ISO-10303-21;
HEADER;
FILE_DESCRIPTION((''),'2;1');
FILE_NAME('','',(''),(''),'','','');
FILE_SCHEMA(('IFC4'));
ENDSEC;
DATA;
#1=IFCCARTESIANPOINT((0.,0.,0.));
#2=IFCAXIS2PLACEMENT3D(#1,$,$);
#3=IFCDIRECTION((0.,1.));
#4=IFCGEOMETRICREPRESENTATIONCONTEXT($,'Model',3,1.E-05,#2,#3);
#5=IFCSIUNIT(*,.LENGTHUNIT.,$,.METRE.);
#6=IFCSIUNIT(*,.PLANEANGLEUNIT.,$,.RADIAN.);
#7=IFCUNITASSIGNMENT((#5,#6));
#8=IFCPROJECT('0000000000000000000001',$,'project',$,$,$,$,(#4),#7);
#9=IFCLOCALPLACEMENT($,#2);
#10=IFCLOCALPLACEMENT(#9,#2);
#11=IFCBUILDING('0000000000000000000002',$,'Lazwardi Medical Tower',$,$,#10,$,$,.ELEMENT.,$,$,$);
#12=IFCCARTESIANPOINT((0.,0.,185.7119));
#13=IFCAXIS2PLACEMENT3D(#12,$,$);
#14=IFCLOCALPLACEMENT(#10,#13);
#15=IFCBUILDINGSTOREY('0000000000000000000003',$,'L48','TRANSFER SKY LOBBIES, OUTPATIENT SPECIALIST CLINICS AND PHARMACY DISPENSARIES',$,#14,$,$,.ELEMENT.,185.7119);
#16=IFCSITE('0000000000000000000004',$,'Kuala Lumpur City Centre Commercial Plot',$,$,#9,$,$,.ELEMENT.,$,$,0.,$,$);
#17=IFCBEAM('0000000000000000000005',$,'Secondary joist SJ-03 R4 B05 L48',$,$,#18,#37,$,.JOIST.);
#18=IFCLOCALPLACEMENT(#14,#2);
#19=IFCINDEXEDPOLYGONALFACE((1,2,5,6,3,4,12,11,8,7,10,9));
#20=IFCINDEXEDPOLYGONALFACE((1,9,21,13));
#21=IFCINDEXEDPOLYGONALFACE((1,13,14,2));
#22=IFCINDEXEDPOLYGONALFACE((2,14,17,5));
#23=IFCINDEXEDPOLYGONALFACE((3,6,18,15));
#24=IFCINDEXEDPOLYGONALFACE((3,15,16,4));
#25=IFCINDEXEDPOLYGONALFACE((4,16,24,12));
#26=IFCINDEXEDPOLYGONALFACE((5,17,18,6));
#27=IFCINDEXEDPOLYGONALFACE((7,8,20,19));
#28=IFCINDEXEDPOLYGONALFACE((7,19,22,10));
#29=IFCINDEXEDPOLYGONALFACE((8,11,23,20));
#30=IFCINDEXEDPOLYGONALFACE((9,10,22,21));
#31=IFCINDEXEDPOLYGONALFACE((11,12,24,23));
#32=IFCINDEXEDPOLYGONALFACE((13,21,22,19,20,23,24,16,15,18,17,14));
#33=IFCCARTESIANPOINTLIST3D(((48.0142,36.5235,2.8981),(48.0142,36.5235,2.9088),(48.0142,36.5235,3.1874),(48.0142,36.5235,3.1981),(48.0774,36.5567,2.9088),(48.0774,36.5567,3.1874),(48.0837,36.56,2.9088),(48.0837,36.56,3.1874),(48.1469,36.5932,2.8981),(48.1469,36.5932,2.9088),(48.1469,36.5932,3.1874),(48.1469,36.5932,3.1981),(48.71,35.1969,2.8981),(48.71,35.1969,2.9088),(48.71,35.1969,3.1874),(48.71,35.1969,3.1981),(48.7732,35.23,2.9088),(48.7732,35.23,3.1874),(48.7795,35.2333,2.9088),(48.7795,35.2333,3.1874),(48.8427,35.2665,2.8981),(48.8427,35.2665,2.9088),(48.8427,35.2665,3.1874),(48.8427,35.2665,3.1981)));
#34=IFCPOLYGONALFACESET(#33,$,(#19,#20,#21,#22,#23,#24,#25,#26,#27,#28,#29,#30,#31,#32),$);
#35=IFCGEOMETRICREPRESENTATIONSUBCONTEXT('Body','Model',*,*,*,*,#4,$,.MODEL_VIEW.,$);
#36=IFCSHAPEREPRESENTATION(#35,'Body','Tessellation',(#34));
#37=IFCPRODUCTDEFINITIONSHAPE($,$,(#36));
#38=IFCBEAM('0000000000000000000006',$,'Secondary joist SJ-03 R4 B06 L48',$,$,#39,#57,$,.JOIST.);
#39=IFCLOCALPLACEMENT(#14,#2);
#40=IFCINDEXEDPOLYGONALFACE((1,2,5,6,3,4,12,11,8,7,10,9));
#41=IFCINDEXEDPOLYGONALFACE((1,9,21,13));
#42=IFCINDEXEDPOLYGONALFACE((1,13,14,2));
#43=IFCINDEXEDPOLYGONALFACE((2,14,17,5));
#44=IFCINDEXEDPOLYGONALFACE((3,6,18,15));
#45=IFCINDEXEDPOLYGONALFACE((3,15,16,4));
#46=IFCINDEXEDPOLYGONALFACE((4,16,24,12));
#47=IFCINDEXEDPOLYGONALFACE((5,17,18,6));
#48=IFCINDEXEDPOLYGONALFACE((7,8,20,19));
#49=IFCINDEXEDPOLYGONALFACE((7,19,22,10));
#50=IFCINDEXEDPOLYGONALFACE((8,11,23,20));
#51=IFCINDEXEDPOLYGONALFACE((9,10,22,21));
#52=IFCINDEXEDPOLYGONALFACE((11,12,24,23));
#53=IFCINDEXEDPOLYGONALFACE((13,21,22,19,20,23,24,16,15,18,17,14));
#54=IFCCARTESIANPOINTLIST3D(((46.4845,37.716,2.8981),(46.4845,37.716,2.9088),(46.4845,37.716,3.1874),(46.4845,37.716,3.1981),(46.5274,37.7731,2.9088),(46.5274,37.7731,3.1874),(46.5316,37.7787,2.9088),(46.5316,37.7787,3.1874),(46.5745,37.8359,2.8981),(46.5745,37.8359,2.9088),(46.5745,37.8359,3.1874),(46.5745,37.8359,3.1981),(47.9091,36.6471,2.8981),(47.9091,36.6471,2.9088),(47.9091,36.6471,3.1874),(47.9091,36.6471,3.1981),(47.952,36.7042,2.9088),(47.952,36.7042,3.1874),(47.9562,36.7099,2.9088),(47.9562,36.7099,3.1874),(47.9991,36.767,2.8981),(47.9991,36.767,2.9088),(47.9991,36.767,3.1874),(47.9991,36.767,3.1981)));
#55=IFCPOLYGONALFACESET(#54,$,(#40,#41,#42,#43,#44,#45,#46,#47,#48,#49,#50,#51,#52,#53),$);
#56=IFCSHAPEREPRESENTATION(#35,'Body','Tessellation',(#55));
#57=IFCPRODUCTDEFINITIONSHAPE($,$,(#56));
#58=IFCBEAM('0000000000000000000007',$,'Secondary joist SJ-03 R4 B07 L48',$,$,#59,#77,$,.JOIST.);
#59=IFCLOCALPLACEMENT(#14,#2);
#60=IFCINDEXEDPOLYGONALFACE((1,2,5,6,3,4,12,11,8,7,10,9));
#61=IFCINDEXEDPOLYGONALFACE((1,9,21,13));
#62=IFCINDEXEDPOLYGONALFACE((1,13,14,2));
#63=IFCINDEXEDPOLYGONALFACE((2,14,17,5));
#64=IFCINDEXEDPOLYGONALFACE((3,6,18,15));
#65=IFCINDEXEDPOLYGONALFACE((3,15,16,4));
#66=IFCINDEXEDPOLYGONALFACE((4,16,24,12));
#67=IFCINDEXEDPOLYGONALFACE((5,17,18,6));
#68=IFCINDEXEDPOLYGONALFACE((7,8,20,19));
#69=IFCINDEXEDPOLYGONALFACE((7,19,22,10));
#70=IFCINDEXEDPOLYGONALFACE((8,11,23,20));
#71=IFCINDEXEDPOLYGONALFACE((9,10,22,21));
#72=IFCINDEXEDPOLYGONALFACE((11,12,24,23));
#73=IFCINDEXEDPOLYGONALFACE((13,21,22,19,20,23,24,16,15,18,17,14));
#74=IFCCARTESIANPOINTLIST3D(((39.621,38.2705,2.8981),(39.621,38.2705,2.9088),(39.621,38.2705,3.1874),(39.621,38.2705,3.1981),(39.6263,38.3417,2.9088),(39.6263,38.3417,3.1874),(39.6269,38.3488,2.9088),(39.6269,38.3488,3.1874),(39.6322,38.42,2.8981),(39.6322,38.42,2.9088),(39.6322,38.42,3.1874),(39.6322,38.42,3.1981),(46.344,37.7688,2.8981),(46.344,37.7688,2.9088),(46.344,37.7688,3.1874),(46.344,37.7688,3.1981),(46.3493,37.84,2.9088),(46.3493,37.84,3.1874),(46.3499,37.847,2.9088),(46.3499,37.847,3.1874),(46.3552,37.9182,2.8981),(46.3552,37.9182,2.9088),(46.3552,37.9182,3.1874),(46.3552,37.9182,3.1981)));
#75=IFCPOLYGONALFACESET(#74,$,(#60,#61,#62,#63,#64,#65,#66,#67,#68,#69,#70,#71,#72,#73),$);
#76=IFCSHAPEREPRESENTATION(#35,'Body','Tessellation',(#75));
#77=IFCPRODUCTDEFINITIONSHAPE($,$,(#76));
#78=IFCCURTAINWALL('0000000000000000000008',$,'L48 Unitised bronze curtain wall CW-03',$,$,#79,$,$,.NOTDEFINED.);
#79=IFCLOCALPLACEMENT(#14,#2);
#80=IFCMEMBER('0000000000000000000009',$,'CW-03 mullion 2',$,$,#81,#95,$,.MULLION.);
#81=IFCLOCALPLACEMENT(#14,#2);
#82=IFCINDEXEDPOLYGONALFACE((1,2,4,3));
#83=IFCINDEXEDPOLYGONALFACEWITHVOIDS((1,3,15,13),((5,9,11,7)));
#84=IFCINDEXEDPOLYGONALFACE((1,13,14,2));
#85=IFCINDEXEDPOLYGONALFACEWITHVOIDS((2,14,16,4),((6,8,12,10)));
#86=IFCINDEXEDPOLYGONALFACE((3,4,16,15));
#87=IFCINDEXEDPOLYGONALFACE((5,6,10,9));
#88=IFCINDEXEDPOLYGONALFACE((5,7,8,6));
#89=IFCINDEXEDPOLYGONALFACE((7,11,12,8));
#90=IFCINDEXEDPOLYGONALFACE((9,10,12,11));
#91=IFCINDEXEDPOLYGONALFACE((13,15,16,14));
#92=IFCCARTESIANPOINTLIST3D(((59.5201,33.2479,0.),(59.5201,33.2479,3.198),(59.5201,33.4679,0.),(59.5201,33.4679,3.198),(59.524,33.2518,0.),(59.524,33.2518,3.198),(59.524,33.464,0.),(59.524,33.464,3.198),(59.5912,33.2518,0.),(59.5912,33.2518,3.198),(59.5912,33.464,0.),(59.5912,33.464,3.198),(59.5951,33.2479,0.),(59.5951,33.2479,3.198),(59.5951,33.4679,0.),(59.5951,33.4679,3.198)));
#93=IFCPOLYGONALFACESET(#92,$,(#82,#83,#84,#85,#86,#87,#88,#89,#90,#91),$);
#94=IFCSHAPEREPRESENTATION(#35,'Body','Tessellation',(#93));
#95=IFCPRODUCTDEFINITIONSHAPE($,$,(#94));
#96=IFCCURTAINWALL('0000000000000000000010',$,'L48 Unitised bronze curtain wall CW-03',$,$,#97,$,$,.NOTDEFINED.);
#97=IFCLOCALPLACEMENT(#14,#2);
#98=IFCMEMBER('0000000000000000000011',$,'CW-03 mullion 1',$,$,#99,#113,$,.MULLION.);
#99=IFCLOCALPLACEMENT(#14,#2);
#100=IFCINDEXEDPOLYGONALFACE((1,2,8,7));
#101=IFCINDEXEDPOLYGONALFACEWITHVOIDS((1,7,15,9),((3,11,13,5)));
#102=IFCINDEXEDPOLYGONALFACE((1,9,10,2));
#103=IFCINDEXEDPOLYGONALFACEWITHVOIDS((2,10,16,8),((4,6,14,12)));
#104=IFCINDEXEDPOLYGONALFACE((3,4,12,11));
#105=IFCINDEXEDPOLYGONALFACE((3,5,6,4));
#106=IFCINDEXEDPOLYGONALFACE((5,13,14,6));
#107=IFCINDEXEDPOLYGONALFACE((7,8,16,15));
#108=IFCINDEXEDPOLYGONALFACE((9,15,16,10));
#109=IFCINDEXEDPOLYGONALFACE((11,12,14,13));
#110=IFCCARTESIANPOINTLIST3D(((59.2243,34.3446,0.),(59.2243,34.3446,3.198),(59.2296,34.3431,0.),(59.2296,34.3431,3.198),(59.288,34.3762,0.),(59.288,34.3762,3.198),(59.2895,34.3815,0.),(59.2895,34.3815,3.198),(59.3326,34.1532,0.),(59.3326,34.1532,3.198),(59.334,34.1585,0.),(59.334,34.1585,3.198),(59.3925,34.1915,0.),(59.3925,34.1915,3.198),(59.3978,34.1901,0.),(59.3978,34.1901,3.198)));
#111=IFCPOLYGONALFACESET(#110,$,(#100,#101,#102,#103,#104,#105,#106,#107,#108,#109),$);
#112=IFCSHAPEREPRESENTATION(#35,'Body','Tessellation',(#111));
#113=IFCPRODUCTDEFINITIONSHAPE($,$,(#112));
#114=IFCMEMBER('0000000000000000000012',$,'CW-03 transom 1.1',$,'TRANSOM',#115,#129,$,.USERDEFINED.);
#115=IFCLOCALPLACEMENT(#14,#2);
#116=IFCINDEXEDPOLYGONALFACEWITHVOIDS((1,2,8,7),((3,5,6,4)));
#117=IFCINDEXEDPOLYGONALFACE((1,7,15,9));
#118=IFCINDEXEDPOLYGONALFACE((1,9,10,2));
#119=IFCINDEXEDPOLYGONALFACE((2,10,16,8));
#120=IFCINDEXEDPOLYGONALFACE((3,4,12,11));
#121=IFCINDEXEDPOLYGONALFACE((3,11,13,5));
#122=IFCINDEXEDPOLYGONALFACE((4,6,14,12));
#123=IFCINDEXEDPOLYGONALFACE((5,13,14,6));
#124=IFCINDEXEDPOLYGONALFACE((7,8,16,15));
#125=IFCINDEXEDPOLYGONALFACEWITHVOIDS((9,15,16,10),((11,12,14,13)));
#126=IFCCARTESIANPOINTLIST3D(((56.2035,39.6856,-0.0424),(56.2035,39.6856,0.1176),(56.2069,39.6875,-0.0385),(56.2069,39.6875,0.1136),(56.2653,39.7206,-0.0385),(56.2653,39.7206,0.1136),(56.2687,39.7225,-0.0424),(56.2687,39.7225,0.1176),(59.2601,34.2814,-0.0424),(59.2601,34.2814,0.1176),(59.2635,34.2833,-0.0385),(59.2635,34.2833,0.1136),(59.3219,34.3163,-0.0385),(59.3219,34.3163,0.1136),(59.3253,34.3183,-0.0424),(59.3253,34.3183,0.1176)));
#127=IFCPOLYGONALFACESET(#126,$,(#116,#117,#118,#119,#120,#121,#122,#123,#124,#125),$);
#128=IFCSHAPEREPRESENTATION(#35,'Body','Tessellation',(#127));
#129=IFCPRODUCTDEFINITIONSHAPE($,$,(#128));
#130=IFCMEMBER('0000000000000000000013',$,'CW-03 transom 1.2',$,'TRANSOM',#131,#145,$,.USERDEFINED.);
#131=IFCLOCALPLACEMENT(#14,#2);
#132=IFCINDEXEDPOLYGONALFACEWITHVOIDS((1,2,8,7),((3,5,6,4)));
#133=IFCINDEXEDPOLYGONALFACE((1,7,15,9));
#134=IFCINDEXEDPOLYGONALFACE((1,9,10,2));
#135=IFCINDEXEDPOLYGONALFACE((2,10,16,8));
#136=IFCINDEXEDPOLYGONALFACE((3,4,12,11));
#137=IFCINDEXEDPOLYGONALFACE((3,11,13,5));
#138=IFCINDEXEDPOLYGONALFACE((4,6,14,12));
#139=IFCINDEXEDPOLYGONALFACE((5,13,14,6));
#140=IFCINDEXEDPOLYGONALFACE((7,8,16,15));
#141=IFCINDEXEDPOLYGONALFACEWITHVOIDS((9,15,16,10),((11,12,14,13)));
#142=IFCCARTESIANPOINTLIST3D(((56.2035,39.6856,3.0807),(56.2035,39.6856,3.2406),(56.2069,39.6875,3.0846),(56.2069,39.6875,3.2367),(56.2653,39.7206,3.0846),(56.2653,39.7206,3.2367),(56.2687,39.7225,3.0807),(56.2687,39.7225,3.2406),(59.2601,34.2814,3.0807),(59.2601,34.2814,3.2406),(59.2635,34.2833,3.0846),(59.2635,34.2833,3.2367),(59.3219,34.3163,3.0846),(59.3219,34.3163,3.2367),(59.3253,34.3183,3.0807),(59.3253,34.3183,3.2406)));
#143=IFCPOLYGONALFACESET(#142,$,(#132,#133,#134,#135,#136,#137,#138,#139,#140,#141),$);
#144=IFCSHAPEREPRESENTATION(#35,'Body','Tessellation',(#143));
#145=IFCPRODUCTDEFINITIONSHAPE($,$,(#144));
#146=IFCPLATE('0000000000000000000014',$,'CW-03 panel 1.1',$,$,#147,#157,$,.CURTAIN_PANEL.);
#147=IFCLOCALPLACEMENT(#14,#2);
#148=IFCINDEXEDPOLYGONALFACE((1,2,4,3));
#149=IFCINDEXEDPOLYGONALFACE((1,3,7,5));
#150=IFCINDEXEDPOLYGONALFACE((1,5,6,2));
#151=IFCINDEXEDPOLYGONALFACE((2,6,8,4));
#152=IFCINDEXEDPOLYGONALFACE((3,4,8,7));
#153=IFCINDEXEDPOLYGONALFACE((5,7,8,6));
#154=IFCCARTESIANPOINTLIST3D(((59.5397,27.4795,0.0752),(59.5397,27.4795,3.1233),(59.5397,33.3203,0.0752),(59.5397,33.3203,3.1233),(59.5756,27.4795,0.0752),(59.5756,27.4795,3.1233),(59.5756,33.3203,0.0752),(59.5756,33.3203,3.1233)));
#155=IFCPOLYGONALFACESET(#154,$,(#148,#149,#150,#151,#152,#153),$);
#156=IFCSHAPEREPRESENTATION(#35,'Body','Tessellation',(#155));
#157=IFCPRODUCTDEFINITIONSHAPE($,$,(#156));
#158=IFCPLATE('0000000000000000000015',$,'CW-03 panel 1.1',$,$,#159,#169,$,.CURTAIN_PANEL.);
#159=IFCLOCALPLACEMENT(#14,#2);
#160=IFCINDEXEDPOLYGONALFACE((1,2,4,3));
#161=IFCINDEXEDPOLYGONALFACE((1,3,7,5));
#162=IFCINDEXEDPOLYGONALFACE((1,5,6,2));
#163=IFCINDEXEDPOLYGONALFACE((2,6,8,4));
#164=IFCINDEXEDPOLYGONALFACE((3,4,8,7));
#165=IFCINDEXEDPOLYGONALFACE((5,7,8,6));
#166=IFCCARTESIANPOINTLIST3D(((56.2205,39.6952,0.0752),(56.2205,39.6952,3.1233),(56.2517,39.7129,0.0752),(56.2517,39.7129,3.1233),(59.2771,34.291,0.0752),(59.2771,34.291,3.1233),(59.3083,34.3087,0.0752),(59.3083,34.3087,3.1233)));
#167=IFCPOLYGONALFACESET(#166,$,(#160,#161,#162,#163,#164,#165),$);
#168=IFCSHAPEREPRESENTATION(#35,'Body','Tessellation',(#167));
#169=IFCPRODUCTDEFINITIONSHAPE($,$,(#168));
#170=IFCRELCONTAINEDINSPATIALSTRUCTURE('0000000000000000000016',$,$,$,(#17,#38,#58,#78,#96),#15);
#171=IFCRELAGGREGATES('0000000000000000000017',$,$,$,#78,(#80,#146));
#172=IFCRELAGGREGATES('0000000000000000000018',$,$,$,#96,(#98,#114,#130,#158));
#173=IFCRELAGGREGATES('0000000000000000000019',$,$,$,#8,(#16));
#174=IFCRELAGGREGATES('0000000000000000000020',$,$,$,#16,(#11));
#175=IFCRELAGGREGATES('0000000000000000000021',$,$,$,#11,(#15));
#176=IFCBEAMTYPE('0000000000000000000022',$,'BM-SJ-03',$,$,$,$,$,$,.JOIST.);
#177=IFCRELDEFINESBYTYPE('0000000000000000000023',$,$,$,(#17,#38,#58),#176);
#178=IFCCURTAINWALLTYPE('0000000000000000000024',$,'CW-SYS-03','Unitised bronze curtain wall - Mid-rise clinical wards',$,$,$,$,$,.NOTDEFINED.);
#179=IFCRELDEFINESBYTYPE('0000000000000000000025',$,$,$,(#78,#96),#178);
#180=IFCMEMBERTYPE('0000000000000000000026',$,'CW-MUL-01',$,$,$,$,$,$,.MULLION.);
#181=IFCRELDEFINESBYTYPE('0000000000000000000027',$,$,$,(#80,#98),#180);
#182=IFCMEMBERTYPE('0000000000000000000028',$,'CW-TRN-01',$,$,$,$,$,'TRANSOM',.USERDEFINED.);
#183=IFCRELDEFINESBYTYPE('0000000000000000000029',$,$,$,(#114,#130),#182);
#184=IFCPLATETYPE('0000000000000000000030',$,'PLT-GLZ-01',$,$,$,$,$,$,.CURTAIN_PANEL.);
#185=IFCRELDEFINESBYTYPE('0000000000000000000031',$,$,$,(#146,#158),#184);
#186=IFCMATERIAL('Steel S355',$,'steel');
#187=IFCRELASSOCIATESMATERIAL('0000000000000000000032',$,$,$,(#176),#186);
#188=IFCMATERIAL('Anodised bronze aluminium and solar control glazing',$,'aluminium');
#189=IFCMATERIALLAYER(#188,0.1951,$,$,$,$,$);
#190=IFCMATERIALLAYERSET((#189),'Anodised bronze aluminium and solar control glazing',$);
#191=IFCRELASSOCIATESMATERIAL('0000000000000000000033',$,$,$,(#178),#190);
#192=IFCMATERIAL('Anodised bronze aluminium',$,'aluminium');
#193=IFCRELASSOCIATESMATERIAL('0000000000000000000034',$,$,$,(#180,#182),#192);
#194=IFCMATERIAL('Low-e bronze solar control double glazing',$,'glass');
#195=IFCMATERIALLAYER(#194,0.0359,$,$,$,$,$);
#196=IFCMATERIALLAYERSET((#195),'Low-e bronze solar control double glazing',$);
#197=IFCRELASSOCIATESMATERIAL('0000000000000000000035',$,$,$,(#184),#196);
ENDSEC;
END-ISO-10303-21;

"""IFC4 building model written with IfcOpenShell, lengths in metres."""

from ifc_helpers import new_model, si_unit, direction, frame, origin, origin_2d, place, context, subcontext, project, spatial, rectangle, hollow_rectangle, i_section, extrude, material, layer, layer_set, material_profile, profile_set, type_object, element, aggregate, save


model = new_model("IFC4")

# Units and contexts
model_context = context("Model", 3, precision=1e-05, world=origin(), true_north=direction((0.0, 1.0)))
body_context = subcontext(model_context, "Body", "Model", "MODEL_VIEW")
ifc_project = project(units=[si_unit("LENGTHUNIT", "METRE"), si_unit("PLANEANGLEUNIT", "RADIAN")], contexts=[model_context])

# Site, building, storey
site_placement = place(None, origin())
site = spatial("IfcSite", under=ifc_project, at=site_placement, Name="Kuala Lumpur City Centre Commercial Plot", CompositionType="ELEMENT", RefElevation=0.0)
building_placement = place(site_placement, origin())
building = spatial("IfcBuilding", under=site, at=building_placement, Name="Lazwardi Medical Tower", CompositionType="ELEMENT")
storey_placement = place(building_placement, frame((0.0, 0.0, 185.7119)))
storey = spatial("IfcBuildingStorey", under=building, at=storey_placement, Name="L48", Description="TRANSFER SKY LOBBIES, OUTPATIENT SPECIALIST CLINICS AND PHARMACY DISPENSARIES", CompositionType="ELEMENT", Elevation=185.7119)

# Beams
ifc_material_1 = material(Name="Steel S355", Category="steel")
ifc_material_profile_1 = material_profile(ifc_material_1, i_section(OverallWidth=0.1499, OverallDepth=0.3, WebThickness=0.0071, FlangeThickness=0.0107, at=origin_2d()), Name="IPE 300")
ifc_profile_set_1 = profile_set([ifc_material_profile_1], Name="Steel S355")
beam_type_1 = type_object("IfcBeamType", Name="BM-SJ-03", PredefinedType="JOIST", material=ifc_profile_set_1)
beam_1_placement = place(storey_placement, frame((48.7764, 35.2317, 3.0481), z_axis=(-0.46447, 0.885589, 0.0), x_axis=(-0.885589, -0.46447, 0.0)))
element("IfcBeam", 1, at=beam_1_placement, inside=storey, type_object=beam_type_1, Name="Secondary joist SJ-03 R4 B05 L48", PredefinedType="JOIST", context=body_context, shape_type="SweptSolid", body=[
    extrude(i_section(OverallWidth=0.1499, OverallDepth=0.3, WebThickness=0.0071, FlangeThickness=0.0107, at=origin_2d()), origin(), (0.0, 0.0, 1.0), 1.498),
])
beam_2_placement = place(storey_placement, frame((47.9541, 36.707, 3.0481), z_axis=(-0.799885, 0.600154, 0.0), x_axis=(-0.600154, -0.799885, 0.0)))
element("IfcBeam", 2, at=beam_2_placement, inside=storey, type_object=beam_type_1, Name="Secondary joist SJ-03 R4 B06 L48", PredefinedType="JOIST", context=body_context, shape_type="SweptSolid", body=[
    extrude(i_section(OverallWidth=0.1499, OverallDepth=0.3, WebThickness=0.0071, FlangeThickness=0.0107, at=origin_2d()), origin(), (0.0, 0.0, 1.0), 1.781),
])
beam_3_placement = place(storey_placement, frame((46.3496, 37.8435, 3.0481), z_axis=(-0.997227, 0.07442, 0.0), x_axis=(-0.07442, -0.997227, 0.0)))
element("IfcBeam", 3, at=beam_3_placement, inside=storey, type_object=beam_type_1, Name="Secondary joist SJ-03 R4 B07 L48", PredefinedType="JOIST", context=body_context, shape_type="SweptSolid", body=[
    extrude(i_section(OverallWidth=0.1499, OverallDepth=0.3, WebThickness=0.0071, FlangeThickness=0.0107, at=origin_2d()), origin(), (0.0, 0.0, 1.0), 6.7417),
])

# Curtain wall, member
ifc_material_2 = material(Name="Anodised bronze aluminium and solar control glazing", Category="aluminium")
ifc_layer_1 = layer(ifc_material_2, 0.1951)
ifc_layer_set_1 = layer_set([ifc_layer_1], Name="Anodised bronze aluminium and solar control glazing")
curtain_wall_type = type_object("IfcCurtainWallType", Name="CW-SYS-03", Description="Unitised bronze curtain wall - Mid-rise clinical wards", PredefinedType="NOTDEFINED", material=ifc_layer_set_1)
curtain_wall_1_placement = place(storey_placement, origin())
curtain_wall_1 = element("IfcCurtainWall", 4, at=curtain_wall_1_placement, inside=storey, type_object=curtain_wall_type, Name="L48 Unitised bronze curtain wall CW-03", PredefinedType="NOTDEFINED")
ifc_material_3 = material(Name="Anodised bronze aluminium", Category="aluminium")
ifc_material_profile_2 = material_profile(ifc_material_3, hollow_rectangle(XDim=0.075, YDim=0.22, WallThickness=0.0039, at=origin_2d()), Name="ALU-MULLION 220x75x4")
ifc_profile_set_2 = profile_set([ifc_material_profile_2], Name="Anodised bronze aluminium")
member_type_1 = type_object("IfcMemberType", Name="CW-MUL-01", PredefinedType="MULLION", material=ifc_profile_set_2)
member_1_placement = place(storey_placement, frame((59.5576, 33.3579, 0.0), z_axis=(0.0, 0.0, 1.0), x_axis=(-1.0, 0.0, 0.0)))
member_1 = element("IfcMember", 5, at=member_1_placement, type_object=member_type_1, Name="CW-03 mullion 2", PredefinedType="MULLION", context=body_context, shape_type="SweptSolid", body=[
    extrude(hollow_rectangle(XDim=0.075, YDim=0.22, WallThickness=0.0039, at=origin_2d()), origin(), (0.0, 0.0, 1.0), 3.198),
])

# Curtain wall, members
curtain_wall_2_placement = place(storey_placement, origin())
curtain_wall_2 = element("IfcCurtainWall", 6, at=curtain_wall_2_placement, inside=storey, type_object=curtain_wall_type, Name="L48 Unitised bronze curtain wall CW-03", PredefinedType="NOTDEFINED")
member_2_placement = place(storey_placement, frame((59.311, 34.2673, 0.0), z_axis=(0.0, 0.0, 1.0), x_axis=(-0.870419, -0.492312, 0.0)))
member_2 = element("IfcMember", 7, at=member_2_placement, type_object=member_type_1, Name="CW-03 mullion 1", PredefinedType="MULLION", context=body_context, shape_type="SweptSolid", body=[
    extrude(hollow_rectangle(XDim=0.075, YDim=0.22, WallThickness=0.0039, at=origin_2d()), origin(), (0.0, 0.0, 1.0), 3.198),
])
ifc_material_profile_3 = material_profile(ifc_material_3, hollow_rectangle(XDim=0.075, YDim=0.1599, WallThickness=0.0039, at=origin_2d()), Name="ALU-TRANSOM 160x75x4")
ifc_profile_set_3 = profile_set([ifc_material_profile_3], Name="Anodised bronze aluminium")
member_type_2 = type_object("IfcMemberType", Name="CW-TRN-01", ElementType="TRANSOM", PredefinedType="USERDEFINED", material=ifc_profile_set_3)
member_3_placement = place(storey_placement, frame((59.2927, 34.2998, 0.0376), z_axis=(-0.492306, 0.870422, 0.0), x_axis=(-0.870422, -0.492306, 0.0)))
member_3 = element("IfcMember", 8, at=member_3_placement, type_object=member_type_2, Name="CW-03 transom 1.1", ObjectType="TRANSOM", PredefinedType="USERDEFINED", context=body_context, shape_type="SweptSolid", body=[
    extrude(hollow_rectangle(XDim=0.075, YDim=0.1599, WallThickness=0.0039, at=origin_2d()), origin(), (0.0, 0.0, 1.0), 6.2087),
])
member_4_placement = place(storey_placement, frame((59.2927, 34.2998, 3.1606), z_axis=(-0.492306, 0.870422, 0.0), x_axis=(-0.870422, -0.492306, 0.0)))
member_4 = element("IfcMember", 9, at=member_4_placement, type_object=member_type_2, Name="CW-03 transom 1.2", ObjectType="TRANSOM", PredefinedType="USERDEFINED", context=body_context, shape_type="SweptSolid", body=[
    extrude(hollow_rectangle(XDim=0.075, YDim=0.1599, WallThickness=0.0039, at=origin_2d()), origin(), (0.0, 0.0, 1.0), 6.2087),
])

# Plates
ifc_material_4 = material(Name="Low-e bronze solar control double glazing", Category="glass")
ifc_layer_2 = layer(ifc_material_4, 0.0359)
ifc_layer_set_2 = layer_set([ifc_layer_2], Name="Low-e bronze solar control double glazing")
plate_type = type_object("IfcPlateType", Name="PLT-GLZ-01", PredefinedType="CURTAIN_PANEL", material=ifc_layer_set_2)
plate_1_placement = place(storey_placement, frame((59.5576, 30.3999, 0.0752), z_axis=(0.0, 0.0, 1.0), x_axis=(0.0, 1.0, 0.0)))
plate_1 = element("IfcPlate", 10, at=plate_1_placement, type_object=plate_type, Name="CW-03 panel 1.1", PredefinedType="CURTAIN_PANEL", context=body_context, shape_type="SweptSolid", body=[
    extrude(rectangle(XDim=5.8408, YDim=0.0359, at=origin_2d()), origin(), (0.0, 0.0, 1.0), 3.0481),
])
aggregate(curtain_wall_1, [member_1, plate_1])
plate_2_placement = place(storey_placement, frame((57.7644, 37.002, 0.0752), z_axis=(0.0, 0.0, 1.0), x_axis=(-0.492312, 0.870419, 0.0)))
plate_2 = element("IfcPlate", 11, at=plate_2_placement, type_object=plate_type, Name="CW-03 panel 1.1", PredefinedType="CURTAIN_PANEL", context=body_context, shape_type="SweptSolid", body=[
    extrude(rectangle(XDim=6.2087, YDim=0.0359, at=origin_2d()), origin(), (0.0, 0.0, 1.0), 3.0481),
])
aggregate(curtain_wall_2, [member_2, member_3, member_4, plate_2])

save(model, "model.ifc")
